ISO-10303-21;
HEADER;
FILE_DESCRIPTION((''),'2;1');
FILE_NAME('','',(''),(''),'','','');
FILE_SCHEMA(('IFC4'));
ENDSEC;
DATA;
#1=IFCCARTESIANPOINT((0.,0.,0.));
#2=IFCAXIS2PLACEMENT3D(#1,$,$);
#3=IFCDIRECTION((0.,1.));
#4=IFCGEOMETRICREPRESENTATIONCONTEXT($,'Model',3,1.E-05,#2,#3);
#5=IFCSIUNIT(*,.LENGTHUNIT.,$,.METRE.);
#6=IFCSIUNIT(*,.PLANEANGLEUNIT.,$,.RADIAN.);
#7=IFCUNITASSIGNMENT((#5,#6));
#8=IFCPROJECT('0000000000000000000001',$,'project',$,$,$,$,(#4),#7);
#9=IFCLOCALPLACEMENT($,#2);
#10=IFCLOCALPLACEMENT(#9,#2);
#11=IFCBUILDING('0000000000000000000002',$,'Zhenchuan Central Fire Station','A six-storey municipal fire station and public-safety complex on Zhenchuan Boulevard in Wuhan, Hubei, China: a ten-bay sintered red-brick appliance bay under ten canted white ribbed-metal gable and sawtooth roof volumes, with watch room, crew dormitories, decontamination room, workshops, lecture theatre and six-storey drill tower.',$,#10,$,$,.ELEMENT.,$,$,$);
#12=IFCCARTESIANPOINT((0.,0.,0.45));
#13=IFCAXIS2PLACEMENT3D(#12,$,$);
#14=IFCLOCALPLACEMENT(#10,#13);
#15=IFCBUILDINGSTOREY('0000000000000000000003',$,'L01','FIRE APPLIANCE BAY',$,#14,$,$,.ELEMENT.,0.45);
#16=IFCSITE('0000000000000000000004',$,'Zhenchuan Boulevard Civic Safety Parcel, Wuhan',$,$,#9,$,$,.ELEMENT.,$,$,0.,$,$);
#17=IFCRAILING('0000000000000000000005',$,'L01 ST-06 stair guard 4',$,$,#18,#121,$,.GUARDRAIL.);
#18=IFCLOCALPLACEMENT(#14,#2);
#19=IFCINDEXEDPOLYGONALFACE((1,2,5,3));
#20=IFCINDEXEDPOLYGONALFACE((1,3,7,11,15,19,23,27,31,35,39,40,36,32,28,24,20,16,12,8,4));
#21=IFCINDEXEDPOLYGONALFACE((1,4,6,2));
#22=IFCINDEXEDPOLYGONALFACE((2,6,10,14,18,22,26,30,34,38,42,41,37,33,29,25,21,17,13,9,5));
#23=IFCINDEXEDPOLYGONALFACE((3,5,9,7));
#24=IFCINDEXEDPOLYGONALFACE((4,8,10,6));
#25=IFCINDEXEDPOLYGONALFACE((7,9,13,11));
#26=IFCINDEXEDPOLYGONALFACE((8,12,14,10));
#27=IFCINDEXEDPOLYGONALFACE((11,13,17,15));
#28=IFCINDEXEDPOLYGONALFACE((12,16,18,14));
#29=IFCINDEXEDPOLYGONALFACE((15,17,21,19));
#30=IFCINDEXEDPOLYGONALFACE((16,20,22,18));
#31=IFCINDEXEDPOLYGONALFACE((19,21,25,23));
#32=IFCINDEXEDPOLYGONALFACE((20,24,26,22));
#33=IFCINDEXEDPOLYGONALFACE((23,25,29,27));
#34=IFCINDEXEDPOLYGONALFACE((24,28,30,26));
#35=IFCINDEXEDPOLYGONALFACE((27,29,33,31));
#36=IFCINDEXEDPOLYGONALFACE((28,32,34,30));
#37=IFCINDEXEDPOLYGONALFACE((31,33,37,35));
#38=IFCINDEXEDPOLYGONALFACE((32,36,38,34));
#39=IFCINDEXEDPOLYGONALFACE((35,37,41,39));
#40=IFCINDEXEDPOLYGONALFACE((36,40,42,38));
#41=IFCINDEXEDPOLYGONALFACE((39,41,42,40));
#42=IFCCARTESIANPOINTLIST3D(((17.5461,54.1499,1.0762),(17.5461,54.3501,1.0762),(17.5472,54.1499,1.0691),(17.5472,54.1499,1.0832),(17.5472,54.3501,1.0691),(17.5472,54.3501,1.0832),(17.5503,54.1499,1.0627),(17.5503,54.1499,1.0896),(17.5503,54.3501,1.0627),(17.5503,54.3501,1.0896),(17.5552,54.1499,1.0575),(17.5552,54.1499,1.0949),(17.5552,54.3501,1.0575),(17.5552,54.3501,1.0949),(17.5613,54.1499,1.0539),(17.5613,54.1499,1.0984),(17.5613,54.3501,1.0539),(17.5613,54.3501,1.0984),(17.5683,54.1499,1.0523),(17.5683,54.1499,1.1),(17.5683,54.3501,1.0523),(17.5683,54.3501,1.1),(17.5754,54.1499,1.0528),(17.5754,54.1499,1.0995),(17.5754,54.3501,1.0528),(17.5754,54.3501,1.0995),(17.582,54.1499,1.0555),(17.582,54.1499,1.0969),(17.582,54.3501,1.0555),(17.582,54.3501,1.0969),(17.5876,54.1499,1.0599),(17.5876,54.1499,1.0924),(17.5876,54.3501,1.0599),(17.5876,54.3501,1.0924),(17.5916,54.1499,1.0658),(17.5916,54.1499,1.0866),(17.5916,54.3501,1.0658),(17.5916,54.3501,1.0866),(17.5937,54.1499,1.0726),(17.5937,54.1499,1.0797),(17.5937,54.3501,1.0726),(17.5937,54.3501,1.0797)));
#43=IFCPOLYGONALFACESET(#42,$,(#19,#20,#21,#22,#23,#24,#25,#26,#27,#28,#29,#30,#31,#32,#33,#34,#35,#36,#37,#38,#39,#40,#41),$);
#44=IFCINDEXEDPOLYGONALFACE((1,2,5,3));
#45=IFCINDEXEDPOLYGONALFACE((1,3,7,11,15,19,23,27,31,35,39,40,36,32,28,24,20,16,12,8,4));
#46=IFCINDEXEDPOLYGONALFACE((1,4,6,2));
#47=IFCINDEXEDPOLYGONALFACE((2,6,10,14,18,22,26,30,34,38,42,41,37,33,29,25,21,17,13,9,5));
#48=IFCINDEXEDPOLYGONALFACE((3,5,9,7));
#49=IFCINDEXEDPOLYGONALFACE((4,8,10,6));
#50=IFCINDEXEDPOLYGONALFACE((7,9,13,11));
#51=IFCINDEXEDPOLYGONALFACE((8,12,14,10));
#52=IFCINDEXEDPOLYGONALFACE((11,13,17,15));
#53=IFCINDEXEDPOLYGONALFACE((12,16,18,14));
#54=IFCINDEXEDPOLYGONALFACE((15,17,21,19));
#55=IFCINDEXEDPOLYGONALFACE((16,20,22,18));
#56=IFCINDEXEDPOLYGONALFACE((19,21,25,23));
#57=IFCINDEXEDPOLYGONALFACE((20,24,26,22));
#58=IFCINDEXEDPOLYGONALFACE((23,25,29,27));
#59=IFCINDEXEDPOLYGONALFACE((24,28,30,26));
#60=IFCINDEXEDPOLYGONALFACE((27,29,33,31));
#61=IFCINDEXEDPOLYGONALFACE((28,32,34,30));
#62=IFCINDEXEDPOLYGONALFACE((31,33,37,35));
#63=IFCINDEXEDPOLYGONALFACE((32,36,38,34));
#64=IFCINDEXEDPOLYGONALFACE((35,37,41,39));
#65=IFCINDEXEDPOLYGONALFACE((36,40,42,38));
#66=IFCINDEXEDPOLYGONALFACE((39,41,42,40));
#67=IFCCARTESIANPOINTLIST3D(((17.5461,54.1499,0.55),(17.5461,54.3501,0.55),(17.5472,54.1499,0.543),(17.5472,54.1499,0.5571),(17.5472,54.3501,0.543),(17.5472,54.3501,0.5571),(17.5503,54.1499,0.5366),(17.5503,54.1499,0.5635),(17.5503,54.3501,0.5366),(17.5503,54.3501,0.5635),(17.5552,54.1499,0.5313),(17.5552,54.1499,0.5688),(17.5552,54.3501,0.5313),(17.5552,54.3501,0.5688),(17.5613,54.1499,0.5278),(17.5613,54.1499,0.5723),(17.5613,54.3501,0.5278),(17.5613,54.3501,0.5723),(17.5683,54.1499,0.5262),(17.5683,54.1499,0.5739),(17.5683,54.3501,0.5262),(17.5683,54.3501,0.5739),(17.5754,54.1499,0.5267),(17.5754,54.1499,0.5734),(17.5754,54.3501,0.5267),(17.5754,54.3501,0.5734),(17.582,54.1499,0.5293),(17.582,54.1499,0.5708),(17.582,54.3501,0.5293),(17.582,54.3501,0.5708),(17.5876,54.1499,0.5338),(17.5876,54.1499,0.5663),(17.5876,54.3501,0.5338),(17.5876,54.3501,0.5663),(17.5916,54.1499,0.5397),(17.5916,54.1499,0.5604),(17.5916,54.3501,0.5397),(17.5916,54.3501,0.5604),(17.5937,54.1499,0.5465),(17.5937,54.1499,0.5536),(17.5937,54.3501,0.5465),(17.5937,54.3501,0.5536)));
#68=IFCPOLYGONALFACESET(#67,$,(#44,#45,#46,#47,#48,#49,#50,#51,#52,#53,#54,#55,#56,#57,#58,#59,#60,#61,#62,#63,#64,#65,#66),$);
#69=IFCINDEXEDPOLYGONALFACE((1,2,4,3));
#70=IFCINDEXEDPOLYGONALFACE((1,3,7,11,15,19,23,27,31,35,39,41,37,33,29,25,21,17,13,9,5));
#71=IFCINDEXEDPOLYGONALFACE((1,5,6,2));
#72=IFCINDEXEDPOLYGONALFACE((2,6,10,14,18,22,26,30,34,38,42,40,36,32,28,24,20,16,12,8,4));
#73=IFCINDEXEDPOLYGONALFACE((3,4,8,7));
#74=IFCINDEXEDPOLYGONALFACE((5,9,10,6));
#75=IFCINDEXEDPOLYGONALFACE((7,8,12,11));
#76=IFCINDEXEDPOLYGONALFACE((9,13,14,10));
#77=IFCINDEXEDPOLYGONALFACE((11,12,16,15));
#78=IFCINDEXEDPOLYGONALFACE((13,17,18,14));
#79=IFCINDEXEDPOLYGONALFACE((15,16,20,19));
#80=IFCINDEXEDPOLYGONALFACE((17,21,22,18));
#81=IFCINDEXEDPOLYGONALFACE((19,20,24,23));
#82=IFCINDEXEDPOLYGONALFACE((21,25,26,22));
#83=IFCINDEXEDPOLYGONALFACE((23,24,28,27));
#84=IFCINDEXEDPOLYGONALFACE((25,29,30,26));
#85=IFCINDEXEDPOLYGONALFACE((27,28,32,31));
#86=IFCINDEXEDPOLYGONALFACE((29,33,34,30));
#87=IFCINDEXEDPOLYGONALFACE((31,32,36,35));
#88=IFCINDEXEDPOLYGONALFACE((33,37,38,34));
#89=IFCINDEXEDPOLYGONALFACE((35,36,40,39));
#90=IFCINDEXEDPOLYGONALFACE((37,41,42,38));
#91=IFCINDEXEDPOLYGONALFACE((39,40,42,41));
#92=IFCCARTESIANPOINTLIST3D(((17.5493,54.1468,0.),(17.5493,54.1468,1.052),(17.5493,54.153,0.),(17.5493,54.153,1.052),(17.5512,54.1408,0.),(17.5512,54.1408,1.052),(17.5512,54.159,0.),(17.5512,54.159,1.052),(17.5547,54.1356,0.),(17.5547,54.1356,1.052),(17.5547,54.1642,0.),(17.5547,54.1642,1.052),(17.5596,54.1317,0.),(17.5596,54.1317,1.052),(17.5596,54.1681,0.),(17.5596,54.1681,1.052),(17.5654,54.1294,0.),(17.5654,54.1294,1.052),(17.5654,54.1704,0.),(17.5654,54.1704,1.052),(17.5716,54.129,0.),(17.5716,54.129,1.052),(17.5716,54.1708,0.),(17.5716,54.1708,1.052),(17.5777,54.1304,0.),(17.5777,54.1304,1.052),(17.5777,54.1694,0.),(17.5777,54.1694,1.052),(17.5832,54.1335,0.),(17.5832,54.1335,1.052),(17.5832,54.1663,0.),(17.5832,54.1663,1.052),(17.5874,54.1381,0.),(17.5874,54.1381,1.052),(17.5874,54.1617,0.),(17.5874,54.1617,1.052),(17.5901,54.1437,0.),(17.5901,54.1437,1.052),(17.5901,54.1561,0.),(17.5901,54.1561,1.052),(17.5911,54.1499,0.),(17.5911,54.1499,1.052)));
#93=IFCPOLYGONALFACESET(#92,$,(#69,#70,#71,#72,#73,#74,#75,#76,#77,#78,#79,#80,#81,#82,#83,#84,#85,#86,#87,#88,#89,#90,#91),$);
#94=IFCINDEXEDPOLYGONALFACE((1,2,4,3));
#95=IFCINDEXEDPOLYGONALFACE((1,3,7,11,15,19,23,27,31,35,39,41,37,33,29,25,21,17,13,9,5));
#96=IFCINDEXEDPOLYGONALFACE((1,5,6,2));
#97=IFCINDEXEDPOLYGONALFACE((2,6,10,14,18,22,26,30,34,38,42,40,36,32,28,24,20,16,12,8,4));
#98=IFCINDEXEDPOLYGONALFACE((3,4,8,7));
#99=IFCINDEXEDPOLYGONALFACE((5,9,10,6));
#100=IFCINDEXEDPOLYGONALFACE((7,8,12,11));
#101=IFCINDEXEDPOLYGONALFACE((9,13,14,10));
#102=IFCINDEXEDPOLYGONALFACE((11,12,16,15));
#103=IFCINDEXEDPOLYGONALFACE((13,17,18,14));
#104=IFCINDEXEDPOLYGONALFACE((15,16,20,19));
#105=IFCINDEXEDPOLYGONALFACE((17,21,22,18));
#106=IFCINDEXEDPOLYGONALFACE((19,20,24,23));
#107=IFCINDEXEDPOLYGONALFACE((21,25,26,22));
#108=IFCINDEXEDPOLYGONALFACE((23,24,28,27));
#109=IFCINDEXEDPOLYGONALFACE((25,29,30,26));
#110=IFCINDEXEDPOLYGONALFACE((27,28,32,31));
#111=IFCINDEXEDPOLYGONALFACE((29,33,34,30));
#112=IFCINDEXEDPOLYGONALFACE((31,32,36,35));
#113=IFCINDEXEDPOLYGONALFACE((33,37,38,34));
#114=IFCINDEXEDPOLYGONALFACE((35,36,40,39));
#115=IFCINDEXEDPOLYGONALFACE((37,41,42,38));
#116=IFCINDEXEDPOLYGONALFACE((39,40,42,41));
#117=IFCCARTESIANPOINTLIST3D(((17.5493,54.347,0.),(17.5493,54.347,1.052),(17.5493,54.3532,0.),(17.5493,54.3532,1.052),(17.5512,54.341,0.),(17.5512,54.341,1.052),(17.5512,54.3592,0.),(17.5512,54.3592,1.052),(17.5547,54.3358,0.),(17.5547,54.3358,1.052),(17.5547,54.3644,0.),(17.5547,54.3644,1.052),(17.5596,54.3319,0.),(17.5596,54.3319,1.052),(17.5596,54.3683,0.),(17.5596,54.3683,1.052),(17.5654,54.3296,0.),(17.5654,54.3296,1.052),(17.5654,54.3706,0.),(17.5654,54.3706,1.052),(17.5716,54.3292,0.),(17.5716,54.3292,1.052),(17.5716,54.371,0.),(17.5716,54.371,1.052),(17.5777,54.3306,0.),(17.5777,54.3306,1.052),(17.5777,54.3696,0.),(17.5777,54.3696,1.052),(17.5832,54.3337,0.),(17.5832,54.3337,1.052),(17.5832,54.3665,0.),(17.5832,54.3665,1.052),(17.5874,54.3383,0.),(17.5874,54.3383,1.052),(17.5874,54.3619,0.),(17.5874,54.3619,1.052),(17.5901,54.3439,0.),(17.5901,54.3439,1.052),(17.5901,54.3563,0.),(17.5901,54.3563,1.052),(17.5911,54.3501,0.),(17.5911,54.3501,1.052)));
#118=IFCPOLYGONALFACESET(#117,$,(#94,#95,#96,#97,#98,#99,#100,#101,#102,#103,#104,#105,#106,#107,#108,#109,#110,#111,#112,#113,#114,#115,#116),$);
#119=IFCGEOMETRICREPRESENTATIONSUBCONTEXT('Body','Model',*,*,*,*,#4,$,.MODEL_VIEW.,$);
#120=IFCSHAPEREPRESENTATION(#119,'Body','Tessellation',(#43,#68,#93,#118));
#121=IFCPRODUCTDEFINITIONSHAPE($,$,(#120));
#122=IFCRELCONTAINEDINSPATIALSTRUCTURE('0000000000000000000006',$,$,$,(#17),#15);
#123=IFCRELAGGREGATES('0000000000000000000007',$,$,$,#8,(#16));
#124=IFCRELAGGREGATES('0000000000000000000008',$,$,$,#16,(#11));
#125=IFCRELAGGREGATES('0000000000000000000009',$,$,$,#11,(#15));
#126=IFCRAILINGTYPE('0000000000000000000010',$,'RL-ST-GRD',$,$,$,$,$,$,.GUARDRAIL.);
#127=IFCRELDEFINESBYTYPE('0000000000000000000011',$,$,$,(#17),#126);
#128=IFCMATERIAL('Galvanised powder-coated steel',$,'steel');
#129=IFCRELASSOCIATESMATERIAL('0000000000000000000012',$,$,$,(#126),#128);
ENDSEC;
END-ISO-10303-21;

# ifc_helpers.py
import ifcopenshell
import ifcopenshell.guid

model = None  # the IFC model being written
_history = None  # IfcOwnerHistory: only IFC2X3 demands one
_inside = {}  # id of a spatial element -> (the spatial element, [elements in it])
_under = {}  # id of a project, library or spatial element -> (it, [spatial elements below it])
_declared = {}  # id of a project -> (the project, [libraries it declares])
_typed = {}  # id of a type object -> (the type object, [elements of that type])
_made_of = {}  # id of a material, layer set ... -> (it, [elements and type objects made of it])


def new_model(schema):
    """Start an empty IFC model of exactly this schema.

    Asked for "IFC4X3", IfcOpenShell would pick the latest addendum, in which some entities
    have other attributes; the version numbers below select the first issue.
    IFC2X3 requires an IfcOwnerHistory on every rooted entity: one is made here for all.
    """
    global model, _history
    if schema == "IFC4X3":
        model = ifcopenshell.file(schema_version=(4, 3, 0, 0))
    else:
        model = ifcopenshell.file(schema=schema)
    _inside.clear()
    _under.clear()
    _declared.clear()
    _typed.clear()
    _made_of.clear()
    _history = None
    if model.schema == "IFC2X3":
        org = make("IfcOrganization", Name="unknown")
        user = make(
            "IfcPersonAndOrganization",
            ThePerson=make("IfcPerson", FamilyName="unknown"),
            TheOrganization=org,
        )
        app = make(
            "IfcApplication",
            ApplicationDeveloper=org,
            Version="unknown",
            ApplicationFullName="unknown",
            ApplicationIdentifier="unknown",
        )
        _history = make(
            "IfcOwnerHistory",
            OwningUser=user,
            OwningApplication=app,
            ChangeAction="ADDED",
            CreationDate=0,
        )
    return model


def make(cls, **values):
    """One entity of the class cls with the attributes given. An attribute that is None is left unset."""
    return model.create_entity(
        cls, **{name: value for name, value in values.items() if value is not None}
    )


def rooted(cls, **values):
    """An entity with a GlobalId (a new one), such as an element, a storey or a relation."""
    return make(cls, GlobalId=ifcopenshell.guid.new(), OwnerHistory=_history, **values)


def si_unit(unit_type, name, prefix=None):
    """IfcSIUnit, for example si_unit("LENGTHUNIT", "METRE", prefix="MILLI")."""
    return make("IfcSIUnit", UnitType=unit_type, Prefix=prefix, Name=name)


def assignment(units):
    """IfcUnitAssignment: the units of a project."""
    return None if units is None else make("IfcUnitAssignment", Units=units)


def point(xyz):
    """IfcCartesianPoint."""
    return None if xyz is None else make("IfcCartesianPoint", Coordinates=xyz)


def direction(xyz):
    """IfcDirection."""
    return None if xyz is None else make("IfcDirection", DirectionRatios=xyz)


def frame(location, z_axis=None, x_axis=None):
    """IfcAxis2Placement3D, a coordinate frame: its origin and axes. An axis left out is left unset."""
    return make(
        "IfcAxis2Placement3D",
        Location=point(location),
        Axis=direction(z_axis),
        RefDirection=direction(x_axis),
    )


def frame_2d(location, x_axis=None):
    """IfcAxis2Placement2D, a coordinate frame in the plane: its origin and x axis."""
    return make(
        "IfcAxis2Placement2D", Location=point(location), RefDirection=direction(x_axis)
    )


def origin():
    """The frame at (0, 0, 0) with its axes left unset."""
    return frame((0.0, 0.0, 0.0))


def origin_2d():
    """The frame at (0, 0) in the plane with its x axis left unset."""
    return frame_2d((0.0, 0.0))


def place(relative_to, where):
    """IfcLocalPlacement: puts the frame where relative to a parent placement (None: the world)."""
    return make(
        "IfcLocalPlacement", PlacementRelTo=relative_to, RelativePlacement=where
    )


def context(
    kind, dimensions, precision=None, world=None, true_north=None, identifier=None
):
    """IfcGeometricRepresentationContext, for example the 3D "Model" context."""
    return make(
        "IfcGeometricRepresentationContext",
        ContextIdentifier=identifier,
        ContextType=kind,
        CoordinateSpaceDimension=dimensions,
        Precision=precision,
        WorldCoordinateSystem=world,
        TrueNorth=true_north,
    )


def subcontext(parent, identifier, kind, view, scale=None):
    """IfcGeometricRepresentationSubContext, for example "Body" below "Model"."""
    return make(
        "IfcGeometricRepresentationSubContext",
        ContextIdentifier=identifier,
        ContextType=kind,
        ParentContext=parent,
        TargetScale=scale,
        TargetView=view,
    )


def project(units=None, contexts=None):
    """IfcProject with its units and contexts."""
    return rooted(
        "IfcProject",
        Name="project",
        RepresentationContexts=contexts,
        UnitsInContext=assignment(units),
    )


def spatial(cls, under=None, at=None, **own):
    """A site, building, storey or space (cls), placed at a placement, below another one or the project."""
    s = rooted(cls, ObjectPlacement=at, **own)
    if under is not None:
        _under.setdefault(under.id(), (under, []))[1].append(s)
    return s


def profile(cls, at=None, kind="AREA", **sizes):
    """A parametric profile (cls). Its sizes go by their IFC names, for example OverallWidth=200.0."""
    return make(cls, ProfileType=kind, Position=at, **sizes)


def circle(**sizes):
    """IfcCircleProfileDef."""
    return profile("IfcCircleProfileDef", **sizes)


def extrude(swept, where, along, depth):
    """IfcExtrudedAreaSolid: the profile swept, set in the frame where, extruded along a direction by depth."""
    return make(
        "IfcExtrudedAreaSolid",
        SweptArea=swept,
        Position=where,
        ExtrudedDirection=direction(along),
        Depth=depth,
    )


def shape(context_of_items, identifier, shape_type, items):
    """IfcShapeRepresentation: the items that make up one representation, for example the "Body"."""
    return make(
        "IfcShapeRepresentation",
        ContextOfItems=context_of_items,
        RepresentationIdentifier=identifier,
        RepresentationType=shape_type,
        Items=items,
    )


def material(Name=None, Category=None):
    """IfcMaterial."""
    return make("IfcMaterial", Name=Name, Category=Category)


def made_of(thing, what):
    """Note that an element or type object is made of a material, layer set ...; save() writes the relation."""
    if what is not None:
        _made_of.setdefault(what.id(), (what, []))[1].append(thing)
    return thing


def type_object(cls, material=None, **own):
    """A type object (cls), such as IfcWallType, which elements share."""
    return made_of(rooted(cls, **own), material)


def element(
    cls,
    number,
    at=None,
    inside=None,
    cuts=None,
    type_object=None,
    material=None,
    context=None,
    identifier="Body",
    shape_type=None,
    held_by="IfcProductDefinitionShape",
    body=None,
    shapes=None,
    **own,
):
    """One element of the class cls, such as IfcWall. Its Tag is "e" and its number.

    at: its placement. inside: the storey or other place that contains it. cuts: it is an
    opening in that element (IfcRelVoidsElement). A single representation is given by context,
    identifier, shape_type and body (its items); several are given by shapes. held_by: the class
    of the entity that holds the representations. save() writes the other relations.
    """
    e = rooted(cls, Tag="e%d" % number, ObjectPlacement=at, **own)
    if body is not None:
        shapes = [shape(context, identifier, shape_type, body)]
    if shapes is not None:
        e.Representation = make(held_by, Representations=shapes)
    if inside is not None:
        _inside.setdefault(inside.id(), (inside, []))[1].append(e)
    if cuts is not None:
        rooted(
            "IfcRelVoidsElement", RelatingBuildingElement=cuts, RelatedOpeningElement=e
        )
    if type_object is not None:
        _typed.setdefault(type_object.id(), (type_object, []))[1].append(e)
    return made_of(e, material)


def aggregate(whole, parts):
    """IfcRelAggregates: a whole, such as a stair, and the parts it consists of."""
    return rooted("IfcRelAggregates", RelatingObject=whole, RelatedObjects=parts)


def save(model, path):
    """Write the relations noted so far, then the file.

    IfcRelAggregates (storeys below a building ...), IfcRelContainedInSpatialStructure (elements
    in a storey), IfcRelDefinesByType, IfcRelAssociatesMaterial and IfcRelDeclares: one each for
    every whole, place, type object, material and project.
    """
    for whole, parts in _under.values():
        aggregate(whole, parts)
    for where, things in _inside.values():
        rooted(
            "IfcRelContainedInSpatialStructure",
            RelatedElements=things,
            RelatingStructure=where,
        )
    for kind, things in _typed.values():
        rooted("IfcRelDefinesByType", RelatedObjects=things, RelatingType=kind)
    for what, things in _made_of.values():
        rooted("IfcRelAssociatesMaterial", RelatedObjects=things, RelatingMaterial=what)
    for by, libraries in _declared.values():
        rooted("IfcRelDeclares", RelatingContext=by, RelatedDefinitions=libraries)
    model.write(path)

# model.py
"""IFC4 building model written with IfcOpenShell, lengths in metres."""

from ifc_helpers import new_model, si_unit, direction, frame, origin, origin_2d, place, context, subcontext, project, spatial, circle, extrude, material, type_object, element, save


model = new_model("IFC4")

# Units and contexts
model_context = context("Model", 3, precision=1e-05, world=origin(), true_north=direction((0.0, 1.0)))
body_context = subcontext(model_context, "Body", "Model", "MODEL_VIEW")
ifc_project = project(units=[si_unit("LENGTHUNIT", "METRE"), si_unit("PLANEANGLEUNIT", "RADIAN")], contexts=[model_context])

# Site, building, storey
site_placement = place(None, origin())
site = spatial("IfcSite", under=ifc_project, at=site_placement, Name="Zhenchuan Boulevard Civic Safety Parcel, Wuhan", CompositionType="ELEMENT", RefElevation=0.0)
building_placement = place(site_placement, origin())
building = spatial("IfcBuilding", under=site, at=building_placement, Name="Zhenchuan Central Fire Station", Description="A six-storey municipal fire station and public-safety complex on Zhenchuan Boulevard in Wuhan, Hubei, China: a ten-bay sintered red-brick appliance bay under ten canted white ribbed-metal gable and sawtooth roof volumes, with watch room, crew dormitories, decontamination room, workshops, lecture theatre and six-storey drill tower.", CompositionType="ELEMENT")
storey_placement = place(building_placement, frame((0.0, 0.0, 0.45)))
storey = spatial("IfcBuildingStorey", under=building, at=storey_placement, Name="L01", Description="FIRE APPLIANCE BAY", CompositionType="ELEMENT", Elevation=0.45)

# Railing
ifc_material_1 = material(Name="Galvanised powder-coated steel", Category="steel")
railing_type_1 = type_object("IfcRailingType", Name="RL-ST-GRD", PredefinedType="GUARDRAIL", material=ifc_material_1)
railing_1_placement = place(storey_placement, frame((17.5701, 54.1499, 0.0)))
element("IfcRailing", 1, at=railing_1_placement, inside=storey, type_object=railing_type_1, Name="L01 ST-06 stair guard 4", PredefinedType="GUARDRAIL", context=body_context, shape_type="SweptSolid", body=[
    extrude(circle(Radius=0.0239, at=origin_2d()), frame((0.0, 0.0, 1.0762), z_axis=(0.0, 1.0, 0.0), x_axis=(-1.0, 0.0, 0.0)), (0.0, 0.0, 1.0), 0.2002),
    extrude(circle(Radius=0.0239, at=origin_2d()), frame((0.0, 0.0, 0.55), z_axis=(0.0, 1.0, 0.0), x_axis=(-1.0, 0.0, 0.0)), (0.0, 0.0, 1.0), 0.2002),
    extrude(circle(Radius=0.021, at=origin_2d()), origin(), (0.0, 0.0, 1.0), 1.052),
    extrude(circle(Radius=0.021, at=origin_2d()), frame((0.0, 0.2002, 0.0)), (0.0, 0.0, 1.0), 1.052),
])

save(model, "model.ifc")
